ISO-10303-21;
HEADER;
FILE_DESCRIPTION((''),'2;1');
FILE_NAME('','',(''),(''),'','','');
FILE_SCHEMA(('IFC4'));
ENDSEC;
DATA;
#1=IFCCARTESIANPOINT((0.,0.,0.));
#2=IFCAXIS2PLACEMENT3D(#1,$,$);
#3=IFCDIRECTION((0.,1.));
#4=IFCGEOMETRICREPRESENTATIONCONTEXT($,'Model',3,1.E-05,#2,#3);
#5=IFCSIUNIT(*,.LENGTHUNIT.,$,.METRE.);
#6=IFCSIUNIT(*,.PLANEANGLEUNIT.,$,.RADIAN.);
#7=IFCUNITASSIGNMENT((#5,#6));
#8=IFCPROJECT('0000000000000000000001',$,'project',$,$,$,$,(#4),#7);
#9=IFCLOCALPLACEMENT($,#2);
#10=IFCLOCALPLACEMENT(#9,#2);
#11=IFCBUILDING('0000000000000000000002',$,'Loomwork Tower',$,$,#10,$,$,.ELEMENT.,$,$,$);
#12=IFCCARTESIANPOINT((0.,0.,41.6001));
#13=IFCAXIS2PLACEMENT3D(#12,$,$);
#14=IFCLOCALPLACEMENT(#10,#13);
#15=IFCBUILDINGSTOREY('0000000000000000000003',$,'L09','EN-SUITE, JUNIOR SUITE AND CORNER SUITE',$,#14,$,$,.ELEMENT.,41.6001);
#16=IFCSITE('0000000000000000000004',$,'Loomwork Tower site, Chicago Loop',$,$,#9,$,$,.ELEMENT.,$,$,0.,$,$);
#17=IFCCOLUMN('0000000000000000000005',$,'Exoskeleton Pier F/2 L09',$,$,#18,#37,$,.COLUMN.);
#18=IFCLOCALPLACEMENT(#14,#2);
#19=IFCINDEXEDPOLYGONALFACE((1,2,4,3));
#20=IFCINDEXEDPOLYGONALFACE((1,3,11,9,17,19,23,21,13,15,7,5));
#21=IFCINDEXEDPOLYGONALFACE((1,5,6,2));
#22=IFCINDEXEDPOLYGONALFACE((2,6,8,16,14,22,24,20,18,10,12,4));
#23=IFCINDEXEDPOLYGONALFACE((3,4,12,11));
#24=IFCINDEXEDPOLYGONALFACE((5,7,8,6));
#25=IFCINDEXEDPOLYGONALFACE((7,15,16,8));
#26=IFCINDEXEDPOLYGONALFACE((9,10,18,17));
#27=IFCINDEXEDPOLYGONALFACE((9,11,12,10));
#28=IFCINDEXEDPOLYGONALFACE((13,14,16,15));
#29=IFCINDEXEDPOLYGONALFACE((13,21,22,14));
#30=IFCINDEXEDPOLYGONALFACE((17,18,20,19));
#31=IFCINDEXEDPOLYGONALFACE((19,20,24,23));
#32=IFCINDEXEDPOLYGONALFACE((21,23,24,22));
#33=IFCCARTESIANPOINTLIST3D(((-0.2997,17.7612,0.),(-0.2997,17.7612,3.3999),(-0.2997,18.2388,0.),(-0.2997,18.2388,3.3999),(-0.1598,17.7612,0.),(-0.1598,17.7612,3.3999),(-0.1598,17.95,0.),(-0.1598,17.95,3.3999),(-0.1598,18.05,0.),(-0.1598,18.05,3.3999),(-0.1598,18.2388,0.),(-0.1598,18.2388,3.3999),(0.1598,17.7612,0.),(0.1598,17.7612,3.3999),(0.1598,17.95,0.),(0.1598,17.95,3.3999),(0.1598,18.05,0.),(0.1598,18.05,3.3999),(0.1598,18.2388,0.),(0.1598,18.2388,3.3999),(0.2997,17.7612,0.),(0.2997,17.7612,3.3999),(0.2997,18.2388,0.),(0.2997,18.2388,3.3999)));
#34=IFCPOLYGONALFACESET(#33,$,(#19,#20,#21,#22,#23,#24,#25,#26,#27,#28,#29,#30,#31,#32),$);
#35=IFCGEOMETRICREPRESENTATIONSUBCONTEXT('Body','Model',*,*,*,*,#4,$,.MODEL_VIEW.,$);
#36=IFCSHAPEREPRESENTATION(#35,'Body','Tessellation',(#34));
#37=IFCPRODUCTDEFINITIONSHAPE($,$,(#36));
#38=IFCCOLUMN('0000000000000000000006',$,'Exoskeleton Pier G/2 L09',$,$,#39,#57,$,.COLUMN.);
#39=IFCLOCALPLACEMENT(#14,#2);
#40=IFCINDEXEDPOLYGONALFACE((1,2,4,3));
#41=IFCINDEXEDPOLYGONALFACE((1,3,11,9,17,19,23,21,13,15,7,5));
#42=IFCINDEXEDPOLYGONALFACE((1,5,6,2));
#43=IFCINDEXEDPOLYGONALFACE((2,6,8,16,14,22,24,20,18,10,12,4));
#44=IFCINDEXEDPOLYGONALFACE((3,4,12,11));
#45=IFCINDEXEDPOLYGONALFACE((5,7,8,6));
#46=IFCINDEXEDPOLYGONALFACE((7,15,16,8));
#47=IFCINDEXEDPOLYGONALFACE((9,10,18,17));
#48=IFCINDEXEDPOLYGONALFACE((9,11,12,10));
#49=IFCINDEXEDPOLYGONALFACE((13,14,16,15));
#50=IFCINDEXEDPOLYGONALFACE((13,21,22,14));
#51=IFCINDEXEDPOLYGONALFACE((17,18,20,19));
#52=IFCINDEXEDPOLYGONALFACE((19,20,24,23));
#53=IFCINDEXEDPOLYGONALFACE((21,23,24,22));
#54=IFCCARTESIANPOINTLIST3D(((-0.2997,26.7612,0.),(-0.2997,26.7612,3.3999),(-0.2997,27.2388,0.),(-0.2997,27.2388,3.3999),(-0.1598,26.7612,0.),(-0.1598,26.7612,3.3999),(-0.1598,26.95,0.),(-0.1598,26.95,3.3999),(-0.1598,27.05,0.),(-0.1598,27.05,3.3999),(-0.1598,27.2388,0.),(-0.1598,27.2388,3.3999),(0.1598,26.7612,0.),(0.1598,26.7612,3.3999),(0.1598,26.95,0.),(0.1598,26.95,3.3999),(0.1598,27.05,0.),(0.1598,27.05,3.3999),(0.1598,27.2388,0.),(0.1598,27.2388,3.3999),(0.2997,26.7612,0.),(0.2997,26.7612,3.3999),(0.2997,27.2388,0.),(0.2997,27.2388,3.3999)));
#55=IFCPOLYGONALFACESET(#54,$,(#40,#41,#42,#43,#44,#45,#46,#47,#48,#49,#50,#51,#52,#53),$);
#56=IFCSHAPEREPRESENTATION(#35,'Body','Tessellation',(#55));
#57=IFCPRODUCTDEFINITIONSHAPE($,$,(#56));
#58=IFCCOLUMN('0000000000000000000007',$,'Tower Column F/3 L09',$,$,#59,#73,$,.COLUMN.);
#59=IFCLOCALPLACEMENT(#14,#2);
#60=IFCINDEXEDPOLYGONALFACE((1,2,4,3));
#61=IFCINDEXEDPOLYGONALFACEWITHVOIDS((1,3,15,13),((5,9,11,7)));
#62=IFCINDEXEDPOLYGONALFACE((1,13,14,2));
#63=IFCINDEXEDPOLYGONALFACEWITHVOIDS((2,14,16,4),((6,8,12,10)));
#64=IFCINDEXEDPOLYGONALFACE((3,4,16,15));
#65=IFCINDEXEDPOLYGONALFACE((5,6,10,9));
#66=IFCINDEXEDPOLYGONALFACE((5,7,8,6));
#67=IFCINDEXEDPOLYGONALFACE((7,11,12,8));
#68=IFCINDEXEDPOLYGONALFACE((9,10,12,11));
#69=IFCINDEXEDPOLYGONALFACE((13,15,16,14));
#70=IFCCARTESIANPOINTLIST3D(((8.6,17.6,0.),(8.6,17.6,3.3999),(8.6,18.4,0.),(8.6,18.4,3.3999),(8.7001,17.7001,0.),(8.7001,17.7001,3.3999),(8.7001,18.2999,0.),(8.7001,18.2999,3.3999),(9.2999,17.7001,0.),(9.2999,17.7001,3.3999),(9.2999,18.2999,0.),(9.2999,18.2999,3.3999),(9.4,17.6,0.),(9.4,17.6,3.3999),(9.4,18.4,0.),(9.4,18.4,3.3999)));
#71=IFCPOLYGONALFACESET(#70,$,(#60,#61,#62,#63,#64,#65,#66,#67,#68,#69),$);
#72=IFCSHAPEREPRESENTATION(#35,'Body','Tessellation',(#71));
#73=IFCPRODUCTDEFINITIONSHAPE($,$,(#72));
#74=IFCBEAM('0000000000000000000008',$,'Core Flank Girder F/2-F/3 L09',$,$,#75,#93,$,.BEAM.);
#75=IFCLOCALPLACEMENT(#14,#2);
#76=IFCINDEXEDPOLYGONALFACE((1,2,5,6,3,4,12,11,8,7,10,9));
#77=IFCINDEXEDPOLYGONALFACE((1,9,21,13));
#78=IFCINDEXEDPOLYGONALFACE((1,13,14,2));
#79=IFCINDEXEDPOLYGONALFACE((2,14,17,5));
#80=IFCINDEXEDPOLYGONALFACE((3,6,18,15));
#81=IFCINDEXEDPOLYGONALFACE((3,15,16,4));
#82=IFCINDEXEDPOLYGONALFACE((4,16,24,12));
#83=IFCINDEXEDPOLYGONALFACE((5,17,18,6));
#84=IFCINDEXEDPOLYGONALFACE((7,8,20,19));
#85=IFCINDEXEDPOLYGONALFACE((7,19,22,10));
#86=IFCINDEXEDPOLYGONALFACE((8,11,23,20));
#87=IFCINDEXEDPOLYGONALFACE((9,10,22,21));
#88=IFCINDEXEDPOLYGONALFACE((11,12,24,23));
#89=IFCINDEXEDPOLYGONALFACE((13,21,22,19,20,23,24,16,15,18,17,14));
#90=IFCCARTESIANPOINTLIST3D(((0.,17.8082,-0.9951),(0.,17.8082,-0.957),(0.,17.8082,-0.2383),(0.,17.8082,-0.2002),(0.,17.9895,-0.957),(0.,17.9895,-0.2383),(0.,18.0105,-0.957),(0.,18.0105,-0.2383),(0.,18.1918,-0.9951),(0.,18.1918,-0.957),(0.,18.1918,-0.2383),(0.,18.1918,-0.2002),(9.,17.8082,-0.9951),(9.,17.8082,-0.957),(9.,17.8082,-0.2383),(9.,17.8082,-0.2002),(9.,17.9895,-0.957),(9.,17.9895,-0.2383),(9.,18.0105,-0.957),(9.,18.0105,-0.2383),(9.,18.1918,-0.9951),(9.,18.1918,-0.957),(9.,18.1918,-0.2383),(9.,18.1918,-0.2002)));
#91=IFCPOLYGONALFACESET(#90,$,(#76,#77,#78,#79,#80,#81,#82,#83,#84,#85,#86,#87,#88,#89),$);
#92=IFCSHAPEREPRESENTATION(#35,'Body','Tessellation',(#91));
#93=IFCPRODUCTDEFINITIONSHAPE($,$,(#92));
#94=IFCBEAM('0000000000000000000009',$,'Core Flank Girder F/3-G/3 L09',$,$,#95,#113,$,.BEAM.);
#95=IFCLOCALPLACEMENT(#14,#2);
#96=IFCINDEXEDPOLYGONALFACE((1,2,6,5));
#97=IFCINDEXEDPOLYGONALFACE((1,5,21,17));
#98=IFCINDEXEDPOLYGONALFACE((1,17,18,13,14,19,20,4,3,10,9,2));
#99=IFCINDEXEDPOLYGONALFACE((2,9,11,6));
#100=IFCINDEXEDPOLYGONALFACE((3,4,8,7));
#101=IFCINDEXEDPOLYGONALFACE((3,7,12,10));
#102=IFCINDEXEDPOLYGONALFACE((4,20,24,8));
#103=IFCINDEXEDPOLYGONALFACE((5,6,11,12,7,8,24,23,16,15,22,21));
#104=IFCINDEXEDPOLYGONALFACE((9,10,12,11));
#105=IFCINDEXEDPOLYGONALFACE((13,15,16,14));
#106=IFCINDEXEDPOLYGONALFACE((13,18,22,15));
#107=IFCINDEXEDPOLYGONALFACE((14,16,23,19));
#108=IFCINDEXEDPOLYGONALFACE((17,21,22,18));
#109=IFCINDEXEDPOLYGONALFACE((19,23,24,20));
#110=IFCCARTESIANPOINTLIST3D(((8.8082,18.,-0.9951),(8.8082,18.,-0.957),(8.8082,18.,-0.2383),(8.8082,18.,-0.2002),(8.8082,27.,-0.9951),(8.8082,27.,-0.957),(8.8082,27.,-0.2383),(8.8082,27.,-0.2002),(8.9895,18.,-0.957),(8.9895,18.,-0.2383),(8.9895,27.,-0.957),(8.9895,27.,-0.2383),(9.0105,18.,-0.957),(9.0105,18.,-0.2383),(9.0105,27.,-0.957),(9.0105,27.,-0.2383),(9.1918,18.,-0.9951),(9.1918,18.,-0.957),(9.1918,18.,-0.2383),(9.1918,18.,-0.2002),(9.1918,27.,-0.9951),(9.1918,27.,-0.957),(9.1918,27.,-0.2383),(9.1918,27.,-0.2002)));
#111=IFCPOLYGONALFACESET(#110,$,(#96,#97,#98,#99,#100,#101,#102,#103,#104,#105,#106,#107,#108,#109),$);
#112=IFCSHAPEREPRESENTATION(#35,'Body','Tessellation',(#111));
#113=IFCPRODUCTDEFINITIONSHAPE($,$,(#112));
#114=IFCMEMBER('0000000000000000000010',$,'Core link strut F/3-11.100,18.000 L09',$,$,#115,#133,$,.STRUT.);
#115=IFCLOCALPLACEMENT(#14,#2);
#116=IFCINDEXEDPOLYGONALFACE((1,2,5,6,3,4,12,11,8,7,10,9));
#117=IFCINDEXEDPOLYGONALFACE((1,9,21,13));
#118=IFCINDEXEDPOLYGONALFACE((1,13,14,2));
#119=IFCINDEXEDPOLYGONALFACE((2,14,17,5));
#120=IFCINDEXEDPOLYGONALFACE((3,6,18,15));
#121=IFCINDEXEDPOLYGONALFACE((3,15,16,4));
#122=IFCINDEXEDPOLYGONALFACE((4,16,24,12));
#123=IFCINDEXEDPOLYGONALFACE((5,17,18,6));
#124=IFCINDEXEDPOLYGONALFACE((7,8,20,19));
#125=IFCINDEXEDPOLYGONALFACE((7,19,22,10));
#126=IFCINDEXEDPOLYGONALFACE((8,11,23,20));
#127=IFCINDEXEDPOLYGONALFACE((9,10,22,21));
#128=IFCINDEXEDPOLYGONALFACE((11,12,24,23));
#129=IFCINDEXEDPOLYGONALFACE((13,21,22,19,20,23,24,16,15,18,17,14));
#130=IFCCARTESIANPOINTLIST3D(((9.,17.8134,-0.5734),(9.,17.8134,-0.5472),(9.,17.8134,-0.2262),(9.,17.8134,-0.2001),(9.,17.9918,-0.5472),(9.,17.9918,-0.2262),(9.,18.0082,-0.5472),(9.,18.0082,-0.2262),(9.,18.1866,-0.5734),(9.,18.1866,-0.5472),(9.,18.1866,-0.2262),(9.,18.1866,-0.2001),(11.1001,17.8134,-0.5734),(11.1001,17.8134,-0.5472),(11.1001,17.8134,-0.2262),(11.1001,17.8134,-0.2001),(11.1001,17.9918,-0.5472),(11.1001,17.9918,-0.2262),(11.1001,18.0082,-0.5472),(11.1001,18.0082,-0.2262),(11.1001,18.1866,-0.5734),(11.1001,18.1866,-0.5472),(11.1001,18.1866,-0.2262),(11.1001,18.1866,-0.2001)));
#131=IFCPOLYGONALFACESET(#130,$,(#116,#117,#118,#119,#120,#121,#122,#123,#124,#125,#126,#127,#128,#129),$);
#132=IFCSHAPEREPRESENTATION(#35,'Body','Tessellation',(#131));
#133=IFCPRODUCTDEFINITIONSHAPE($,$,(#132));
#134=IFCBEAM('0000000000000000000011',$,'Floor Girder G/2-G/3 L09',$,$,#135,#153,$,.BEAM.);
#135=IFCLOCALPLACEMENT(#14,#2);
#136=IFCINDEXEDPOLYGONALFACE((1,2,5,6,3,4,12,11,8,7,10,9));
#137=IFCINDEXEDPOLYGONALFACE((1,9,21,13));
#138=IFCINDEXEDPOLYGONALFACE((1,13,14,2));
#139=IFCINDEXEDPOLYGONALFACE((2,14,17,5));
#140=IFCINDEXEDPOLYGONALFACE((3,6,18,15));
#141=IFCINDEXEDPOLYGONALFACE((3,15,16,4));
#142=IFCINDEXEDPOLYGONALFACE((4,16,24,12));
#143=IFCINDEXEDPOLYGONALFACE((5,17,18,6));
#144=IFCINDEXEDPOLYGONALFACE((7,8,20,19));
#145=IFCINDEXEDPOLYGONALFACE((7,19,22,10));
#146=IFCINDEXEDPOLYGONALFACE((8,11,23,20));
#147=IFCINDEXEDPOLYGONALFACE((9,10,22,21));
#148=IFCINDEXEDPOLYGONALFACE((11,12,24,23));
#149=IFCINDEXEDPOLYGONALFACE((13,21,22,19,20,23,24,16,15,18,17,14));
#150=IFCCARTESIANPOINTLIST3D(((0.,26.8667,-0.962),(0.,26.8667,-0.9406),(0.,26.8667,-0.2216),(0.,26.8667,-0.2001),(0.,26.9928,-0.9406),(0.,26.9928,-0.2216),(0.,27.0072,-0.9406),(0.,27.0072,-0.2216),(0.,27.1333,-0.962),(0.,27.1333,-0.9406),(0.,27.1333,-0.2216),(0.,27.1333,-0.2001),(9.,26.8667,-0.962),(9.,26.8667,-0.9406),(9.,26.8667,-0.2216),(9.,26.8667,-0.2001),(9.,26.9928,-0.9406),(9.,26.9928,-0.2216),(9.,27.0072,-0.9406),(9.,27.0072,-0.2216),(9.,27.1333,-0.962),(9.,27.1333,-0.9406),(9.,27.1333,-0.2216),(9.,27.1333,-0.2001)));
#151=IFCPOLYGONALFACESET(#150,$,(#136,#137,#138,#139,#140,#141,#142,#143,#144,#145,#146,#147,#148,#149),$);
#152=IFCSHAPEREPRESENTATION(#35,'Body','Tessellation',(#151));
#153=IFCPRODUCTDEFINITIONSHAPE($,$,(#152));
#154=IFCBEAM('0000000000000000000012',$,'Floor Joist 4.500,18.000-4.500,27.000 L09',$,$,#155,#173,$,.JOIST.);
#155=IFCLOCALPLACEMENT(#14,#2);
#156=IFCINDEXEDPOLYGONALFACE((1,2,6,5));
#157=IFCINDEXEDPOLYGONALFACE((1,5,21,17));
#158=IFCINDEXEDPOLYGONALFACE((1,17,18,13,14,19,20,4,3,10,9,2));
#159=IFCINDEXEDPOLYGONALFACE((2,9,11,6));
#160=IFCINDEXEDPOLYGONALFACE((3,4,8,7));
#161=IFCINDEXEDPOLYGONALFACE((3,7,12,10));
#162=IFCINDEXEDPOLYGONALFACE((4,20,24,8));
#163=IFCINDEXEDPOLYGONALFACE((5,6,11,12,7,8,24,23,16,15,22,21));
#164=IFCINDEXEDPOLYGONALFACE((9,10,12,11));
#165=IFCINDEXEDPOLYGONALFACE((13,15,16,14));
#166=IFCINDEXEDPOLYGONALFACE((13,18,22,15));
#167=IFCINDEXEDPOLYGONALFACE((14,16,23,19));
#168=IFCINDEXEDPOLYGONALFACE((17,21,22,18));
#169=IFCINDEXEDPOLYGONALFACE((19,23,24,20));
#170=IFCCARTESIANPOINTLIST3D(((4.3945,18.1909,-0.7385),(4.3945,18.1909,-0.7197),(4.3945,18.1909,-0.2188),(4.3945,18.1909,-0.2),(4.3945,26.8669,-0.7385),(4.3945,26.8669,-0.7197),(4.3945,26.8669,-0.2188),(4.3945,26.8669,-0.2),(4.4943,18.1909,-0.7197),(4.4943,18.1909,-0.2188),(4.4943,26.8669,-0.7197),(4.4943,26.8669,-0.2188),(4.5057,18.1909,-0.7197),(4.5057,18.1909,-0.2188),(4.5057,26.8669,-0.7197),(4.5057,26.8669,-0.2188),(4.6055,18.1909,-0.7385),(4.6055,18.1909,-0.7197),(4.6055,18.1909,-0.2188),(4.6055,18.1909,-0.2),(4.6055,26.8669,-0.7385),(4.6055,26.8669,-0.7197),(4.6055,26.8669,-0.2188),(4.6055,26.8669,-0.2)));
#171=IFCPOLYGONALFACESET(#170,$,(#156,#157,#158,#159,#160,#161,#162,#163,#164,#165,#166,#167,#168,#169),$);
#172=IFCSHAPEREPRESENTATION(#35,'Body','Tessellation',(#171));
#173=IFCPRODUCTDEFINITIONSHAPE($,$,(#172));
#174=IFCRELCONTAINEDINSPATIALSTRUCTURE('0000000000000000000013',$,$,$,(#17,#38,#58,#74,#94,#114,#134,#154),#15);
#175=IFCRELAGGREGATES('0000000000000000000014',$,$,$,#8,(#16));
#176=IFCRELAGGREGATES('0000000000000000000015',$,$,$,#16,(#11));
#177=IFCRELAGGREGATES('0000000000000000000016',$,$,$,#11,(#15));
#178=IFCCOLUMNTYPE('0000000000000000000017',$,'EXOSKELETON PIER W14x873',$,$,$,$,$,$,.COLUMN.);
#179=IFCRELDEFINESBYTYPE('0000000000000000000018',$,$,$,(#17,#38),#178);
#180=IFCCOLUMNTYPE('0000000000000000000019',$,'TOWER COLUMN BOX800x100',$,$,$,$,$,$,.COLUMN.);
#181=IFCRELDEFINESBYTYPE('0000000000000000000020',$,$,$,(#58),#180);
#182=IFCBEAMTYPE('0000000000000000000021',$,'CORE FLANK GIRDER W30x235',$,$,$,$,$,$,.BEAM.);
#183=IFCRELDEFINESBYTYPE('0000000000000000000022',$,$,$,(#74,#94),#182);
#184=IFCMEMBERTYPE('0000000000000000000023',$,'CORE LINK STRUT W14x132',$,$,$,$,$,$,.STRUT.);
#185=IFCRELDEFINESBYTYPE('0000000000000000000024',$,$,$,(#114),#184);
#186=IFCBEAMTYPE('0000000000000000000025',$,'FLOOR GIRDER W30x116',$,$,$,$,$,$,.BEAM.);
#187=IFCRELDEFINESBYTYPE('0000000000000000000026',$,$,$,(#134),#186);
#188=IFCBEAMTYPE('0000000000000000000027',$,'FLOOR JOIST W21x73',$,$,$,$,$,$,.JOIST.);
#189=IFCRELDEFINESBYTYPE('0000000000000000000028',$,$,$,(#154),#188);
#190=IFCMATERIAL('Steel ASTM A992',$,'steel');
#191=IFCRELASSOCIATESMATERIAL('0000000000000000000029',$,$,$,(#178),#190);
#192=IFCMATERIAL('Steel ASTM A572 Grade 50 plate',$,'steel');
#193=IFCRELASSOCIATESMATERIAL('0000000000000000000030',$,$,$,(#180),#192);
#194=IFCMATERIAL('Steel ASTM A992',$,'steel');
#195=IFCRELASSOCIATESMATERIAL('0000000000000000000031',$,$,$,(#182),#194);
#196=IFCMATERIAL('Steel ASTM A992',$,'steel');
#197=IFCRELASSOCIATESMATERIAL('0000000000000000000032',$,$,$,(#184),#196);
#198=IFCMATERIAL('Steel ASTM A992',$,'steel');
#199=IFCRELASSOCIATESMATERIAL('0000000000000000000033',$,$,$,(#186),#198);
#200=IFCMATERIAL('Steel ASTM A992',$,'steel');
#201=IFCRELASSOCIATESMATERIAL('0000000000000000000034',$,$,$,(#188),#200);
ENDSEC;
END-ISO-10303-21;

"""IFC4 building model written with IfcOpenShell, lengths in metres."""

from ifc_helpers import new_model, si_unit, direction, frame, origin, origin_2d, place, context, subcontext, project, spatial, hollow_rectangle, i_section, extrude, material, material_profile, profile_set, type_object, element, save


model = new_model("IFC4")

# Units and contexts
model_context = context("Model", 3, precision=1e-05, world=origin(), true_north=direction((0.0, 1.0)))
body_context = subcontext(model_context, "Body", "Model", "MODEL_VIEW")
ifc_project = project(units=[si_unit("LENGTHUNIT", "METRE"), si_unit("PLANEANGLEUNIT", "RADIAN")], contexts=[model_context])

# Site, building, storey
site_placement = place(None, origin())
site = spatial("IfcSite", under=ifc_project, at=site_placement, Name="Loomwork Tower site, Chicago Loop", CompositionType="ELEMENT", RefElevation=0.0)
building_placement = place(site_placement, origin())
building = spatial("IfcBuilding", under=site, at=building_placement, Name="Loomwork Tower", CompositionType="ELEMENT")
storey_placement = place(building_placement, frame((0.0, 0.0, 41.6001)))
storey = spatial("IfcBuildingStorey", under=building, at=storey_placement, Name="L09", Description="EN-SUITE, JUNIOR SUITE AND CORNER SUITE", CompositionType="ELEMENT", Elevation=41.6001)

# Columns
ifc_material_1 = material(Name="Steel ASTM A992", Category="steel")
ifc_material_profile_1 = material_profile(ifc_material_1, i_section(OverallWidth=0.4775, OverallDepth=0.5994, WebThickness=0.1001, FlangeThickness=0.1399, at=origin_2d()), Name="W14x873")
ifc_profile_set_1 = profile_set([ifc_material_profile_1], Name="Steel ASTM A992")
column_type_1 = type_object("IfcColumnType", Name="EXOSKELETON PIER W14x873", PredefinedType="COLUMN", material=ifc_profile_set_1)
for number, where, z_axis, x_axis, name in (
    (1, (0.0, 18.0, 0.0), (0.0, 0.0, 1.0), (0.0, 1.0, 0.0), "Exoskeleton Pier F/2 L09"),
    (2, (0.0, 27.0, 0.0), (0.0, 0.0, 1.0), (0.0, 1.0, 0.0), "Exoskeleton Pier G/2 L09"),
):
    element("IfcColumn", number, at=place(storey_placement, frame(where, z_axis=z_axis, x_axis=x_axis)), inside=storey, type_object=column_type_1, Name=name, PredefinedType="COLUMN", context=body_context, shape_type="SweptSolid", body=[
        extrude(i_section(OverallWidth=0.4775, OverallDepth=0.5994, WebThickness=0.1001, FlangeThickness=0.1399, at=origin_2d()), origin(), (0.0, 0.0, 1.0), 3.3999),
    ])
ifc_material_2 = material(Name="Steel ASTM A572 Grade 50 plate", Category="steel")
ifc_material_profile_2 = material_profile(ifc_material_2, hollow_rectangle(XDim=0.8, YDim=0.8, WallThickness=0.1001, at=origin_2d()), Name="BOX800x100")
ifc_profile_set_2 = profile_set([ifc_material_profile_2], Name="Steel ASTM A572 Grade 50 plate")
column_type_2 = type_object("IfcColumnType", Name="TOWER COLUMN BOX800x100", PredefinedType="COLUMN", material=ifc_profile_set_2)
column_placement = place(storey_placement, frame((9.0, 18.0, 0.0), z_axis=(0.0, 0.0, 1.0), x_axis=(1.0, 0.0, 0.0)))
element("IfcColumn", 3, at=column_placement, inside=storey, type_object=column_type_2, Name="Tower Column F/3 L09", PredefinedType="COLUMN", context=body_context, shape_type="SweptSolid", body=[
    extrude(hollow_rectangle(XDim=0.8, YDim=0.8, WallThickness=0.1001, at=origin_2d()), origin(), (0.0, 0.0, 1.0), 3.3999),
])

# Beams
ifc_material_3 = material(Name="Steel ASTM A992", Category="steel")
ifc_material_profile_3 = material_profile(ifc_material_3, i_section(OverallWidth=0.3835, OverallDepth=0.7949, WebThickness=0.021, FlangeThickness=0.0381, at=origin_2d()), Name="W30x235")
ifc_profile_set_3 = profile_set([ifc_material_profile_3], Name="Steel ASTM A992")
beam_type_1 = type_object("IfcBeamType", Name="CORE FLANK GIRDER W30x235", PredefinedType="BEAM", material=ifc_profile_set_3)
for number, where, z_axis, x_axis, name in (
    (4, (0.0, 18.0, -0.5977), (1.0, 0.0, 0.0), (0.0, 1.0, 0.0), "Core Flank Girder F/2-F/3 L09"),
    (5, (9.0, 18.0, -0.5977), (0.0, 1.0, 0.0), (-1.0, 0.0, 0.0), "Core Flank Girder F/3-G/3 L09"),
):
    element("IfcBeam", number, at=place(storey_placement, frame(where, z_axis=z_axis, x_axis=x_axis)), inside=storey, type_object=beam_type_1, Name=name, PredefinedType="BEAM", context=body_context, shape_type="SweptSolid", body=[
        extrude(i_section(OverallWidth=0.3835, OverallDepth=0.7949, WebThickness=0.021, FlangeThickness=0.0381, at=origin_2d()), origin(), (0.0, 0.0, 1.0), 9.0),
    ])

# Member
ifc_material_4 = material(Name="Steel ASTM A992", Category="steel")
ifc_material_profile_4 = material_profile(ifc_material_4, i_section(OverallWidth=0.3733, OverallDepth=0.3733, WebThickness=0.0164, FlangeThickness=0.0261, at=origin_2d()), Name="W14x132")
ifc_profile_set_4 = profile_set([ifc_material_profile_4], Name="Steel ASTM A992")
member_type_1 = type_object("IfcMemberType", Name="CORE LINK STRUT W14x132", PredefinedType="STRUT", material=ifc_profile_set_4)
member_1_placement = place(storey_placement, frame((9.0, 18.0, -0.3867), z_axis=(1.0, 0.0, 0.0), x_axis=(0.0, 1.0, 0.0)))
element("IfcMember", 6, at=member_1_placement, inside=storey, type_object=member_type_1, Name="Core link strut F/3-11.100,18.000 L09", PredefinedType="STRUT", context=body_context, shape_type="SweptSolid", body=[
    extrude(i_section(OverallWidth=0.3733, OverallDepth=0.3733, WebThickness=0.0164, FlangeThickness=0.0261, at=origin_2d()), origin(), (0.0, 0.0, 1.0), 2.1001),
])

# Beams
ifc_material_5 = material(Name="Steel ASTM A992", Category="steel")
ifc_material_profile_5 = material_profile(ifc_material_5, i_section(OverallWidth=0.2666, OverallDepth=0.762, WebThickness=0.0144, FlangeThickness=0.0215, at=origin_2d()), Name="W30x116")
ifc_profile_set_5 = profile_set([ifc_material_profile_5], Name="Steel ASTM A992")
beam_type_2 = type_object("IfcBeamType", Name="FLOOR GIRDER W30x116", PredefinedType="BEAM", material=ifc_profile_set_5)
beam_1_placement = place(storey_placement, frame((0.0, 27.0, -0.5811), z_axis=(1.0, 0.0, 0.0), x_axis=(0.0, 1.0, 0.0)))
element("IfcBeam", 7, at=beam_1_placement, inside=storey, type_object=beam_type_2, Name="Floor Girder G/2-G/3 L09", PredefinedType="BEAM", context=body_context, shape_type="SweptSolid", body=[
    extrude(i_section(OverallWidth=0.2666, OverallDepth=0.762, WebThickness=0.0144, FlangeThickness=0.0215, at=origin_2d()), origin(), (0.0, 0.0, 1.0), 9.0),
])
ifc_material_6 = material(Name="Steel ASTM A992", Category="steel")
ifc_material_profile_6 = material_profile(ifc_material_6, i_section(OverallWidth=0.2109, OverallDepth=0.5386, WebThickness=0.0115, FlangeThickness=0.0188, at=origin_2d()), Name="W21x73")
ifc_profile_set_6 = profile_set([ifc_material_profile_6], Name="Steel ASTM A992")
beam_type_3 = type_object("IfcBeamType", Name="FLOOR JOIST W21x73", PredefinedType="JOIST", material=ifc_profile_set_6)
beam_2_placement = place(storey_placement, frame((4.5, 18.1909, -0.4692), z_axis=(0.0, 1.0, 0.0), x_axis=(-1.0, 0.0, 0.0)))
element("IfcBeam", 8, at=beam_2_placement, inside=storey, type_object=beam_type_3, Name="Floor Joist 4.500,18.000-4.500,27.000 L09", PredefinedType="JOIST", context=body_context, shape_type="SweptSolid", body=[
    extrude(i_section(OverallWidth=0.2109, OverallDepth=0.5386, WebThickness=0.0115, FlangeThickness=0.0188, at=origin_2d()), origin(), (0.0, 0.0, 1.0), 8.676),
])

save(model, "model.ifc")
